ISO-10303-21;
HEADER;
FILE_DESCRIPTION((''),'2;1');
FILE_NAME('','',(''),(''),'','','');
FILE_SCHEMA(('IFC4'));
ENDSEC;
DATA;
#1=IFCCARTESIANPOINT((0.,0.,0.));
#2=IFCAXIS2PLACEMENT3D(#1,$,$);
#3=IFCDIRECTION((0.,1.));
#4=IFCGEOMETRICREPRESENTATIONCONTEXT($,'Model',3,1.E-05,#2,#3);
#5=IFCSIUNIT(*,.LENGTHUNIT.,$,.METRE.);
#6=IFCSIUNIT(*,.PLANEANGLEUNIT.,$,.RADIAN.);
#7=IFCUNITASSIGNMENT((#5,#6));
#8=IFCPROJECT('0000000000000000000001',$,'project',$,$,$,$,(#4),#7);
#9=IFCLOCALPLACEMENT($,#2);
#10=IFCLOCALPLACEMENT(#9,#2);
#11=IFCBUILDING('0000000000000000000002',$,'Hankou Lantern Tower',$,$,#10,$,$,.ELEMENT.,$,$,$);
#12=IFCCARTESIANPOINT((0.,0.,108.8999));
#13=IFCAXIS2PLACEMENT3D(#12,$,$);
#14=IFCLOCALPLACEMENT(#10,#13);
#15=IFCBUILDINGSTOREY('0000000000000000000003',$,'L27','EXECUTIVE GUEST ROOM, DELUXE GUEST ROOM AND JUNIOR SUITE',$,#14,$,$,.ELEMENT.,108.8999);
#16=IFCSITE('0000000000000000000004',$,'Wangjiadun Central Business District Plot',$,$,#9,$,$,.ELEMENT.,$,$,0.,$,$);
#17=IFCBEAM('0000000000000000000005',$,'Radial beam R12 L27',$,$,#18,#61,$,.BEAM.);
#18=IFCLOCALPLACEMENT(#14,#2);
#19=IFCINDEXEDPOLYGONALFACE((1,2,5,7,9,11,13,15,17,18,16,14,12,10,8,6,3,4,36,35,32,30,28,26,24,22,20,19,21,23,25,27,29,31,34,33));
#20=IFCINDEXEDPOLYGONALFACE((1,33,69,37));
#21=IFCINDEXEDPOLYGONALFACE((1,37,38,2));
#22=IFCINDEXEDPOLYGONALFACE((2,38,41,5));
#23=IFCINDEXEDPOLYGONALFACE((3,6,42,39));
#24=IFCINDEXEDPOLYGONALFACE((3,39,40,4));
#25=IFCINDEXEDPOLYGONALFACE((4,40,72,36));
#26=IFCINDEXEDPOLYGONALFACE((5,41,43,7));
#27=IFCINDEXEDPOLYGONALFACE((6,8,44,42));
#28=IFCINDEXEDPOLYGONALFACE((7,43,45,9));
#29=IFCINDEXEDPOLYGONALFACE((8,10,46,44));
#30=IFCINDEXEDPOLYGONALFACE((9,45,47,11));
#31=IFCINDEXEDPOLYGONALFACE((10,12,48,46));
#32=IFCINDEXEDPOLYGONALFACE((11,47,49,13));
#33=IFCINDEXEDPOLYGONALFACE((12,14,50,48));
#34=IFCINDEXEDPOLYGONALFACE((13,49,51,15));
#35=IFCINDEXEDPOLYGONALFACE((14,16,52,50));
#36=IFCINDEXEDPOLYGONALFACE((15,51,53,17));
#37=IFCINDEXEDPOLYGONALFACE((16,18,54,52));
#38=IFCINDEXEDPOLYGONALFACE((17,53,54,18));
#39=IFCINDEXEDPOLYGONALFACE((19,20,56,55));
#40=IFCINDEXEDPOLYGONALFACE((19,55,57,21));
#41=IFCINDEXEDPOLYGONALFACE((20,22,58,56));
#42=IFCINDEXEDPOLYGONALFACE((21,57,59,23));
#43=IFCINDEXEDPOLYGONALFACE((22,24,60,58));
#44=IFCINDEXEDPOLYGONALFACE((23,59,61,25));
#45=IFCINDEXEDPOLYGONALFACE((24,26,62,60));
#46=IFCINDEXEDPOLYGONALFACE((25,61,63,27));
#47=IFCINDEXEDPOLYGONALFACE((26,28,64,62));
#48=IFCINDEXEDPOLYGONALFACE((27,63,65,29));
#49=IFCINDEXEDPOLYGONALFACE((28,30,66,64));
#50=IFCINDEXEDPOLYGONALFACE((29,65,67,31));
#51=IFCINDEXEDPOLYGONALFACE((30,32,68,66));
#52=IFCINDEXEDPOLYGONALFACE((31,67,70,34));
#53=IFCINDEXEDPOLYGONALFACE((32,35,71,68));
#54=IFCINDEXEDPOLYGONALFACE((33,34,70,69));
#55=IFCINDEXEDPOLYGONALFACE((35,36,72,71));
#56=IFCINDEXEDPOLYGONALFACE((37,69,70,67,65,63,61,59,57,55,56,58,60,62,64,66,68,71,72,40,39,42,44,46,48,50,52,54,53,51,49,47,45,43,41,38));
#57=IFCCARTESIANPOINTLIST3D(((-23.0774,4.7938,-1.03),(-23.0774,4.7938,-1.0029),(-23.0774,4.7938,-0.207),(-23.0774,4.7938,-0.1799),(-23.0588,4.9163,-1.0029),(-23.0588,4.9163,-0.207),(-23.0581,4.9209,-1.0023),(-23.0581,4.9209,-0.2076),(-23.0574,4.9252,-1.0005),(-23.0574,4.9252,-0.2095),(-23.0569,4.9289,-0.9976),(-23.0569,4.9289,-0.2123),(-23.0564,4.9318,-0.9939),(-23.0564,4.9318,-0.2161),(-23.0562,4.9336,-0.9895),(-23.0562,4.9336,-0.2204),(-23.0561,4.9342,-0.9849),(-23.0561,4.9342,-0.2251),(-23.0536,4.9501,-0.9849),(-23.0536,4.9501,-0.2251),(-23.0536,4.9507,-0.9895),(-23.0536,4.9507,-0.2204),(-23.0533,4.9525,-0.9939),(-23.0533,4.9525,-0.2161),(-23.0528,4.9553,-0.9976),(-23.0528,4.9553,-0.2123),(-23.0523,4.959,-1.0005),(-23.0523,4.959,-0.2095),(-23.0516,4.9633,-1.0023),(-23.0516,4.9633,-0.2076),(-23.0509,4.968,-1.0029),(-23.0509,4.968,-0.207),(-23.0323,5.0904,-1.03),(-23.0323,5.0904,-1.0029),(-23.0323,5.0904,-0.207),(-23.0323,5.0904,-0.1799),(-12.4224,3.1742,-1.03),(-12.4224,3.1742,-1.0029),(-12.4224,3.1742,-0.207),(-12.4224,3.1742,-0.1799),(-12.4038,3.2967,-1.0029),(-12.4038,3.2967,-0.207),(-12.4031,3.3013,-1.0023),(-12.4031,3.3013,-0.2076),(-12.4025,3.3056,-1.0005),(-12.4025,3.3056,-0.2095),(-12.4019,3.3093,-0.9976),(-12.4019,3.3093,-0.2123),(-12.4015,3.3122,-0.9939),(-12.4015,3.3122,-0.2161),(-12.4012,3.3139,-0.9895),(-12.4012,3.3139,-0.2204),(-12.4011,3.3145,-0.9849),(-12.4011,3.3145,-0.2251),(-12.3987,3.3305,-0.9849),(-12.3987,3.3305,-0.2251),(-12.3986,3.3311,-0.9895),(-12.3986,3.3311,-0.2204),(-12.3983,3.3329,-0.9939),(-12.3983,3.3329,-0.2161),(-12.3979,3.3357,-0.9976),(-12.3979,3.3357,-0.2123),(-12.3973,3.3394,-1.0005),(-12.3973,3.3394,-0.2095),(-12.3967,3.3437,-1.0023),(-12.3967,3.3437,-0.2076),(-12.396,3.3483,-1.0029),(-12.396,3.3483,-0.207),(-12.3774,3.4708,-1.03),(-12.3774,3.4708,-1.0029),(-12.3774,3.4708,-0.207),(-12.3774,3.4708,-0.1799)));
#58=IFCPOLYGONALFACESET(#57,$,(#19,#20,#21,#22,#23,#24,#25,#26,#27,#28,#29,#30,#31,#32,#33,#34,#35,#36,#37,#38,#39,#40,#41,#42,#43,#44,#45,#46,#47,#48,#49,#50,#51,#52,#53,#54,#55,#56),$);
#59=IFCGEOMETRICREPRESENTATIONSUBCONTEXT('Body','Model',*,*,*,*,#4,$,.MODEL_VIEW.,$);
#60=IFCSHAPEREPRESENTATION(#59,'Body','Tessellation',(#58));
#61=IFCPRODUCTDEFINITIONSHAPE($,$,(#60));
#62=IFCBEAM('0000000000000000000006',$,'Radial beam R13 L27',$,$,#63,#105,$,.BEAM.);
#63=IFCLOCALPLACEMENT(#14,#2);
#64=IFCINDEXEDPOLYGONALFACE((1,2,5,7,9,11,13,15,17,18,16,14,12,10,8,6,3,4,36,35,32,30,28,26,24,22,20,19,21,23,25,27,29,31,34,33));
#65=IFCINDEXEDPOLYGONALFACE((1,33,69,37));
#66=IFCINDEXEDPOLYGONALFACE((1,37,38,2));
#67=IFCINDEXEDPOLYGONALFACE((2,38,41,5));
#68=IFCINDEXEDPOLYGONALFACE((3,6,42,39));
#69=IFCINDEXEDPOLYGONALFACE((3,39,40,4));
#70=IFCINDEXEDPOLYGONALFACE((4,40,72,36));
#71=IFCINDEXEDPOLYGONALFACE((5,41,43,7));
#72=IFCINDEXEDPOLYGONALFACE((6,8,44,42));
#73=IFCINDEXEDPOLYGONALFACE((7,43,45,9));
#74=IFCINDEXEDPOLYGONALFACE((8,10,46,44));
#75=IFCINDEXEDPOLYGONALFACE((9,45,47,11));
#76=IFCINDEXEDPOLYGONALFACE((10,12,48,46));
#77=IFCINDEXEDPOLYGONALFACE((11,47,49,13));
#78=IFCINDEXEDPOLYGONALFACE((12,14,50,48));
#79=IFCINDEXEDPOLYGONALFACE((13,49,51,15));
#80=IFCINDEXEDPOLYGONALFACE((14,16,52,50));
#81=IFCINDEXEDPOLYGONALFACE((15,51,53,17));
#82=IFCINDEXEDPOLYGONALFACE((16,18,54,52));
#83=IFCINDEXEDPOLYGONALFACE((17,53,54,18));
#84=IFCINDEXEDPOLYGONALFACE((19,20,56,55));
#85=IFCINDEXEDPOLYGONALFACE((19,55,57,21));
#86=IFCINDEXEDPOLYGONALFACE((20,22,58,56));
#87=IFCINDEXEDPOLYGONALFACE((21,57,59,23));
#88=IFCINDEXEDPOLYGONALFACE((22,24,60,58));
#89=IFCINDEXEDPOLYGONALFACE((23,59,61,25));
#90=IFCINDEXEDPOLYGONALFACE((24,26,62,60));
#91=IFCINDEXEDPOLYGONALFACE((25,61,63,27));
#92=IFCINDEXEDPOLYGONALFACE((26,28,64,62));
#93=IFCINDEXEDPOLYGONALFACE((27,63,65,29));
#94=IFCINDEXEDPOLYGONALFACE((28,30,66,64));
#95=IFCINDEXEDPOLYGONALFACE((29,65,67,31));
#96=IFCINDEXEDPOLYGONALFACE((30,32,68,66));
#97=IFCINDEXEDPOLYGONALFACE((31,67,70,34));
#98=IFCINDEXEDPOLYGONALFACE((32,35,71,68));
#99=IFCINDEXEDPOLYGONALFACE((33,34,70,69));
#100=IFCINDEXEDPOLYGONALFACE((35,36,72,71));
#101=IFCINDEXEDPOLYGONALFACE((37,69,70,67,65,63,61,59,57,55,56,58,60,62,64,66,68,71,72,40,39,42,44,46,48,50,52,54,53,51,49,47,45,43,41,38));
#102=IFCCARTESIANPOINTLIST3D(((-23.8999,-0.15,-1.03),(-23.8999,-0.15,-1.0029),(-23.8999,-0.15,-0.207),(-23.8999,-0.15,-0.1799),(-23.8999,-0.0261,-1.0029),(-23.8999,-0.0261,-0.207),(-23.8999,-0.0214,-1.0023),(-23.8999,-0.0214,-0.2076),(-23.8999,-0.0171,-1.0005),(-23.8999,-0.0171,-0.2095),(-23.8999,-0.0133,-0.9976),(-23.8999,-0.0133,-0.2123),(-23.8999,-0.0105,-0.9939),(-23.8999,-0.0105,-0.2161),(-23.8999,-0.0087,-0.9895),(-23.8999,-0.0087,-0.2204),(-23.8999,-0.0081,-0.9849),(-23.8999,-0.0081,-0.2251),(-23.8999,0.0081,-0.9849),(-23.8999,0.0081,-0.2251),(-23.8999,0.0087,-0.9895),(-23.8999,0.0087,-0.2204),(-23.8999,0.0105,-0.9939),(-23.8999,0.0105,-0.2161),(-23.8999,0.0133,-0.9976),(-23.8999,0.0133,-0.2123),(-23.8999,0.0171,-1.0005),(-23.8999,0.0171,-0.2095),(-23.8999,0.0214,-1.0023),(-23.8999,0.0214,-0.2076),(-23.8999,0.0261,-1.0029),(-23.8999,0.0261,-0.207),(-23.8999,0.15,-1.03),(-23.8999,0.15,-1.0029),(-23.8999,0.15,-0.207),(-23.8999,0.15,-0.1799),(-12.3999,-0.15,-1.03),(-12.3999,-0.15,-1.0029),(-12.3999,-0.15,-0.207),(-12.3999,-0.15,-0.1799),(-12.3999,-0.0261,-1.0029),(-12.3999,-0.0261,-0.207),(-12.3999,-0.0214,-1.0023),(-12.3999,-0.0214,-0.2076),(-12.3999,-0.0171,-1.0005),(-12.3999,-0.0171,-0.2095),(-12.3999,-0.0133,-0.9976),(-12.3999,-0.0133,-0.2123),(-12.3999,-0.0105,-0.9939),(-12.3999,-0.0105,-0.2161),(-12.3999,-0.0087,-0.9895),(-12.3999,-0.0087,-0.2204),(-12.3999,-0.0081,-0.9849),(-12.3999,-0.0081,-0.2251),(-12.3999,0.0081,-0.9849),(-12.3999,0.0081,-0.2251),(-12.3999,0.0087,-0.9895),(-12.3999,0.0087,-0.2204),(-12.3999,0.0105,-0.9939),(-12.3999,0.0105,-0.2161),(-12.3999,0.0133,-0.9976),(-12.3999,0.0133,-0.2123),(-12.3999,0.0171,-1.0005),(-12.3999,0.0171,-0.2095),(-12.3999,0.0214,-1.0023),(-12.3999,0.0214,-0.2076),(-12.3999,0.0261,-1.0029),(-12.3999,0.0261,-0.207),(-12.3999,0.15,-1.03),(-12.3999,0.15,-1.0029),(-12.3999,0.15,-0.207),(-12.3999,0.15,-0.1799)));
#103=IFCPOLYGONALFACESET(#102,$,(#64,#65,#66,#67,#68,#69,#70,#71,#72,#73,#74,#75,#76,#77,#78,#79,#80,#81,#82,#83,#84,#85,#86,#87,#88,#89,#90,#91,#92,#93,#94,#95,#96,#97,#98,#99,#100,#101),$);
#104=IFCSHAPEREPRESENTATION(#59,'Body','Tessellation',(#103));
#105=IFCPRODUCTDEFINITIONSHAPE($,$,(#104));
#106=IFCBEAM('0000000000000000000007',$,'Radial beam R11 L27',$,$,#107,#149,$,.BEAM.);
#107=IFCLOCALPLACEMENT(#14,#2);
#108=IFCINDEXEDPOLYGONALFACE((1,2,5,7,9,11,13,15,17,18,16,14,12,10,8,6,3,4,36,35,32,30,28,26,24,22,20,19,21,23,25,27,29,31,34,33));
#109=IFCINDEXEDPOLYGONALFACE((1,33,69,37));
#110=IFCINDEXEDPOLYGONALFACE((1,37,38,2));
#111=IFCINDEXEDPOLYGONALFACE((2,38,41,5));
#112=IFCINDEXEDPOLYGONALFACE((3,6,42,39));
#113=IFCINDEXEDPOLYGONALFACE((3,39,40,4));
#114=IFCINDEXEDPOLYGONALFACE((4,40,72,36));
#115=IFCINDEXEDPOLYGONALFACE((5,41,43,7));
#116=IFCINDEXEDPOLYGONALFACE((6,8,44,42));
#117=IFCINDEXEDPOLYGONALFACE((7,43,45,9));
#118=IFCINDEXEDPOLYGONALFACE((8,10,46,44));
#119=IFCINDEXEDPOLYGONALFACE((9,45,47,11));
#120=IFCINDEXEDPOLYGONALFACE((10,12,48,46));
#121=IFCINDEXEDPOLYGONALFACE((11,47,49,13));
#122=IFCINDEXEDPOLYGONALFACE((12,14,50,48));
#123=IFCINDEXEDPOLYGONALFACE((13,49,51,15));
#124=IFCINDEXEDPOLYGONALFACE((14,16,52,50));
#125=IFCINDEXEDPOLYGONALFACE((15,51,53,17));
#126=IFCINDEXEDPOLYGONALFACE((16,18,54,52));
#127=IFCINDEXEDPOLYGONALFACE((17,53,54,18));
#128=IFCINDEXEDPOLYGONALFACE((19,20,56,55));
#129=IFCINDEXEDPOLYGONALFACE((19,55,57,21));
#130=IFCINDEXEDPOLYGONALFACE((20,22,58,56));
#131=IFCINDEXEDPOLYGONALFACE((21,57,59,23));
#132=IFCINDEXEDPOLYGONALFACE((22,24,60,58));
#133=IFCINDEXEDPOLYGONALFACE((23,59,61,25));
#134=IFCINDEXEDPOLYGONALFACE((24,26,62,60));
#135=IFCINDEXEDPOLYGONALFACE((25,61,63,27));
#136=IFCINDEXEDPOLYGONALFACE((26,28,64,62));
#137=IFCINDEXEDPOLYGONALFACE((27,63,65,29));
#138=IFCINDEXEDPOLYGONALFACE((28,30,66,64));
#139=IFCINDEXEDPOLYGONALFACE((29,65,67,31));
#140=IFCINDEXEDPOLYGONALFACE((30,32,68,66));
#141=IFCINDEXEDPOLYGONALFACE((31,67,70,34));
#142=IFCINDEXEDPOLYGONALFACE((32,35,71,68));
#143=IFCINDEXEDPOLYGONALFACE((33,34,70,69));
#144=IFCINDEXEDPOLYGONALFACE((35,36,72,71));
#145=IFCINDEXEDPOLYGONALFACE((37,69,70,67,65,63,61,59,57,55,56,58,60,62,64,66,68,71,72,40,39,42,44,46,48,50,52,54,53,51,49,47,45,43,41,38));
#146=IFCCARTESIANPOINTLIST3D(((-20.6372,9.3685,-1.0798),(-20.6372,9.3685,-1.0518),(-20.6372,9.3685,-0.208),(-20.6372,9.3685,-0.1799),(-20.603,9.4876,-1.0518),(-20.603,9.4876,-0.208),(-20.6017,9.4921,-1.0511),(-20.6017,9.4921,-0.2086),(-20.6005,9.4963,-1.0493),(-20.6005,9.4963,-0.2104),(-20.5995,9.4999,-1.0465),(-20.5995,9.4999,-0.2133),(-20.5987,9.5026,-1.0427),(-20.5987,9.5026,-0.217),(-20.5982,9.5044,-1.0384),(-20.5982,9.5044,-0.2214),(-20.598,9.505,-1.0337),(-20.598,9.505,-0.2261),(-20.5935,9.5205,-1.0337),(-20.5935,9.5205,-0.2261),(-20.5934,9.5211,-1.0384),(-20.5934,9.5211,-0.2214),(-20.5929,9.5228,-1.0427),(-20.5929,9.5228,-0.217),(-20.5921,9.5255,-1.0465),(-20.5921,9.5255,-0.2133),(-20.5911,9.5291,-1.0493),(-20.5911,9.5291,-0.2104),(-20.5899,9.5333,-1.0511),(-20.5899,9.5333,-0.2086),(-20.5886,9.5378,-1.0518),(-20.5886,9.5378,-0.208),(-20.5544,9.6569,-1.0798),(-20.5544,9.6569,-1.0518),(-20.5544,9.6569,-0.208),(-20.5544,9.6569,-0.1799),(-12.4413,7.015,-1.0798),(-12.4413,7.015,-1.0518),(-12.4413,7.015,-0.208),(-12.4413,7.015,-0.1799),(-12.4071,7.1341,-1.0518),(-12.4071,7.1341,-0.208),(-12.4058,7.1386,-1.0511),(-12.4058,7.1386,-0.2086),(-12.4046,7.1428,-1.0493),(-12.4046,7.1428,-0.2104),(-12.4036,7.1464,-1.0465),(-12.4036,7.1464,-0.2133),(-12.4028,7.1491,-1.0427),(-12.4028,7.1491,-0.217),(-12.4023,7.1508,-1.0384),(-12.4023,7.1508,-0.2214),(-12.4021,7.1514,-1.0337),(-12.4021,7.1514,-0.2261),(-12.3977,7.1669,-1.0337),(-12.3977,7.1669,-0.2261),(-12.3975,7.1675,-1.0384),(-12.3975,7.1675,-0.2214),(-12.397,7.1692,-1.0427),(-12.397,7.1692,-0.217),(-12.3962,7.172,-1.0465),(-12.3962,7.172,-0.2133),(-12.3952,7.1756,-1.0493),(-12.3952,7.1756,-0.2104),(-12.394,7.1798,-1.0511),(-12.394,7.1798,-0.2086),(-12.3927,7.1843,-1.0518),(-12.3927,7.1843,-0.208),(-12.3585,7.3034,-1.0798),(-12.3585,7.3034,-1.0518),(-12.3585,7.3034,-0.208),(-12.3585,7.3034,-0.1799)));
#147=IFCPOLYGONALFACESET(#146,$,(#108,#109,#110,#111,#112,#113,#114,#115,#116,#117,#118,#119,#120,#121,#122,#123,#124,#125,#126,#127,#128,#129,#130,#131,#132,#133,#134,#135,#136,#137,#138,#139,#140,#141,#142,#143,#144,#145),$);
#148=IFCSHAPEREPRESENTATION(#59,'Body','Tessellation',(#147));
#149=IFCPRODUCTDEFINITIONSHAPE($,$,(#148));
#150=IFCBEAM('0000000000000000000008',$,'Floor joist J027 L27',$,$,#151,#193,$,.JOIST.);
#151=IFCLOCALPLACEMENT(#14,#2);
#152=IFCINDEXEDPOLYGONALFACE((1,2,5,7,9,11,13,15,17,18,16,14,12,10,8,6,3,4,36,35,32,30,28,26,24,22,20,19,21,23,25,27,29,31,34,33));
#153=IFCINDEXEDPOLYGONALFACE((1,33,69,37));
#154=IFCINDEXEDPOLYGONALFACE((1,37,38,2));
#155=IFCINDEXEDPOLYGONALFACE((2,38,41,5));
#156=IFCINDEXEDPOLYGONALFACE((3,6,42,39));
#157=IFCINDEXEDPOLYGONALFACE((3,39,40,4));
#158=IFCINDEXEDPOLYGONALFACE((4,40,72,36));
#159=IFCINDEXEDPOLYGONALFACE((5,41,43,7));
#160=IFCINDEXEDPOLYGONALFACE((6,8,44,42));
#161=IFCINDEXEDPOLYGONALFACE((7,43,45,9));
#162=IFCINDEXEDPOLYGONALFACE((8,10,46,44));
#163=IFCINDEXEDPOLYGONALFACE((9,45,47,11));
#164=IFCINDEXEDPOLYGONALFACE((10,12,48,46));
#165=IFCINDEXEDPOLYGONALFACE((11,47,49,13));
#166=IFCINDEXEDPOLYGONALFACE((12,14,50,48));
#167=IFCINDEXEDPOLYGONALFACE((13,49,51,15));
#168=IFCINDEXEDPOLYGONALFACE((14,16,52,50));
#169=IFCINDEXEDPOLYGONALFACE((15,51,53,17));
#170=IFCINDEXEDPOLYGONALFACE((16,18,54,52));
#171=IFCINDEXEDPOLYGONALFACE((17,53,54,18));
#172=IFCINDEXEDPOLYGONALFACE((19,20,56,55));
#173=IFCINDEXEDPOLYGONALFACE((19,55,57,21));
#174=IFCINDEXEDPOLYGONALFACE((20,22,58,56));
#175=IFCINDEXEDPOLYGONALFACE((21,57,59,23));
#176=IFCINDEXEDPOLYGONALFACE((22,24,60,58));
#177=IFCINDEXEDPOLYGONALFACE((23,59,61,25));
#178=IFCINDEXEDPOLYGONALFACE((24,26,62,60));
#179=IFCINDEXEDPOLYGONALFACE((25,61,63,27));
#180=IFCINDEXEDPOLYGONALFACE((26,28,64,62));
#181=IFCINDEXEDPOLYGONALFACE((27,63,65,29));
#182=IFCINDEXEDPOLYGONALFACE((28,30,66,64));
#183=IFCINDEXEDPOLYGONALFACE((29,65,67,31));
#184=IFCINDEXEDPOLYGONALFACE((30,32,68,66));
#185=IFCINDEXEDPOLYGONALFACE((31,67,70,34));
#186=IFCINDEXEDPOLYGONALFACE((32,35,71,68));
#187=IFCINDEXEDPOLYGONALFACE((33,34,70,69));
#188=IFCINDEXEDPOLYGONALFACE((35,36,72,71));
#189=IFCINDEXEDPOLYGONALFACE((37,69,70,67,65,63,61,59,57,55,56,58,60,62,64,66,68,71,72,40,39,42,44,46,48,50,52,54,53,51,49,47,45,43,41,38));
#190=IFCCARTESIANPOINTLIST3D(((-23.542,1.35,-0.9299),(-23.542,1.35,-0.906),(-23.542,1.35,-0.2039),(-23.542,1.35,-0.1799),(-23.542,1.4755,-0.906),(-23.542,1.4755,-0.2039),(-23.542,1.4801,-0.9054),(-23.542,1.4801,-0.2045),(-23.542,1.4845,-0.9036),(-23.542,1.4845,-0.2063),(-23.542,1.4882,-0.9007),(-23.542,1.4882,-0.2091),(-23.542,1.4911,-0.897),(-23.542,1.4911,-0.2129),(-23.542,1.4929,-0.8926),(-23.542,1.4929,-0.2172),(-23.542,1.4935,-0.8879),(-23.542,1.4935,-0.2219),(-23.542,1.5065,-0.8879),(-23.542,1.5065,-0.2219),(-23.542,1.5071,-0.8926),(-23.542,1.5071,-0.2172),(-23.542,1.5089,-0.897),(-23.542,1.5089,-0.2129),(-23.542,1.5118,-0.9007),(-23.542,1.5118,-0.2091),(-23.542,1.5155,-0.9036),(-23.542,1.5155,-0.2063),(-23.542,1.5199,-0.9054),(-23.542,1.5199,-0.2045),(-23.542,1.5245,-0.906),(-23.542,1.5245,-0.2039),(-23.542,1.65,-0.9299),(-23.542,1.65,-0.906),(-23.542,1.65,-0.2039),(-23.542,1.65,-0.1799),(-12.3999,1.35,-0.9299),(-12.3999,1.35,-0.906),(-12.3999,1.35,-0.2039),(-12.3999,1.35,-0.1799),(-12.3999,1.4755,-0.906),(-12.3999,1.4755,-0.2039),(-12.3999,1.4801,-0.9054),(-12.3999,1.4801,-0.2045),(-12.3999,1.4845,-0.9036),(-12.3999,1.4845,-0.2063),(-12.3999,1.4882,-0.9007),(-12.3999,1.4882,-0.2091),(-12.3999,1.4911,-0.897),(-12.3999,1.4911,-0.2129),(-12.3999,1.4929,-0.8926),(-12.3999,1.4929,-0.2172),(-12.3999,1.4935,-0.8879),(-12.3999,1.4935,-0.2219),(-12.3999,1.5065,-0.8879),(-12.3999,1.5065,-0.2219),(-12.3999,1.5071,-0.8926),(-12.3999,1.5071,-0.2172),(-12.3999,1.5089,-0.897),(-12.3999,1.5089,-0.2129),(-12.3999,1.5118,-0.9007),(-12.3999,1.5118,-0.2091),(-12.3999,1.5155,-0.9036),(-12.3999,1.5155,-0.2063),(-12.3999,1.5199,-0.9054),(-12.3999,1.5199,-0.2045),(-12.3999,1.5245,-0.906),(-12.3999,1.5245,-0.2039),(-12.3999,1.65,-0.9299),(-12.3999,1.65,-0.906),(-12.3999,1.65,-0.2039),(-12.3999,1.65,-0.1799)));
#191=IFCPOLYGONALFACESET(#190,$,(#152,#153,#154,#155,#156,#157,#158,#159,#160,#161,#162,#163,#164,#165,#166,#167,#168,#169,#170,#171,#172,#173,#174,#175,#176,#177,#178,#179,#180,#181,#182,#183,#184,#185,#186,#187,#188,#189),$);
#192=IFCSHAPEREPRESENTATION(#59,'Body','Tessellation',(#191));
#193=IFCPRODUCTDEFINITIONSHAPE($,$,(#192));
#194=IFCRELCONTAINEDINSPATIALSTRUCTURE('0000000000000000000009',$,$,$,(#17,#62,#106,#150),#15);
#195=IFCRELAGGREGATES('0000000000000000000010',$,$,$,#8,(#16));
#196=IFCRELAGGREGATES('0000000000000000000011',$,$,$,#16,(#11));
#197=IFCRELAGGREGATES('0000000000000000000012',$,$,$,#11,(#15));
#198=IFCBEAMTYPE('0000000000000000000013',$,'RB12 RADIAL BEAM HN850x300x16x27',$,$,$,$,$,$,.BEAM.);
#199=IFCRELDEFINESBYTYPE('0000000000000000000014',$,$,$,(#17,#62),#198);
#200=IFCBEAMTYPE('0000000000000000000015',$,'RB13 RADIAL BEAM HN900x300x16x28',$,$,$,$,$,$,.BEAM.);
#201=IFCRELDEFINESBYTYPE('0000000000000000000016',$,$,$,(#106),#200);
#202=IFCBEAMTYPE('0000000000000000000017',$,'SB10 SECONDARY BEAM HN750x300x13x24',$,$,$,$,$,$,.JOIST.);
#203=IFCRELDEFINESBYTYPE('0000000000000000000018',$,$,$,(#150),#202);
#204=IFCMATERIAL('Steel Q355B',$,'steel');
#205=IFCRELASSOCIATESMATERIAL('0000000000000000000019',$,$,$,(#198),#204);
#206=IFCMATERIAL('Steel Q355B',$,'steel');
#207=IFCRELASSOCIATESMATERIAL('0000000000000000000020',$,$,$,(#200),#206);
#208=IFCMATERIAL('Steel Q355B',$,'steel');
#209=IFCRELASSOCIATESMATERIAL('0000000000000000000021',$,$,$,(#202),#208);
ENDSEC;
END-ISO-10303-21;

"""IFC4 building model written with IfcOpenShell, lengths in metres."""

from ifc_helpers import new_model, si_unit, direction, frame, origin, origin_2d, place, context, subcontext, project, spatial, i_section, extrude, material, material_profile, profile_set, type_object, element, save


model = new_model("IFC4")

# Units and contexts
model_context = context("Model", 3, precision=1e-05, world=origin(), true_north=direction((0.0, 1.0)))
body_context = subcontext(model_context, "Body", "Model", "MODEL_VIEW")
ifc_project = project(units=[si_unit("LENGTHUNIT", "METRE"), si_unit("PLANEANGLEUNIT", "RADIAN")], contexts=[model_context])

# Site, building, storey
site_placement = place(None, origin())
site = spatial("IfcSite", under=ifc_project, at=site_placement, Name="Wangjiadun Central Business District Plot", CompositionType="ELEMENT", RefElevation=0.0)
building_placement = place(site_placement, origin())
building = spatial("IfcBuilding", under=site, at=building_placement, Name="Hankou Lantern Tower", CompositionType="ELEMENT")
storey_placement = place(building_placement, frame((0.0, 0.0, 108.8999)))
storey = spatial("IfcBuildingStorey", under=building, at=storey_placement, Name="L27", Description="EXECUTIVE GUEST ROOM, DELUXE GUEST ROOM AND JUNIOR SUITE", CompositionType="ELEMENT", Elevation=108.8999)

# Beams
ifc_material_1 = material(Name="Steel Q355B", Category="steel")
ifc_material_profile_1 = material_profile(ifc_material_1, i_section(OverallWidth=0.3, OverallDepth=0.8501, WebThickness=0.0161, FlangeThickness=0.0271, FilletRadius=0.0181, at=origin_2d()), Name="HN850x300x16x27")
ifc_profile_set_1 = profile_set([ifc_material_profile_1], Name="Steel Q355B")
beam_type_1 = type_object("IfcBeamType", Name="RB12 RADIAL BEAM HN850x300x16x27", PredefinedType="BEAM", material=ifc_profile_set_1)
beam_1_placement = place(storey_placement, frame((-12.3999, 3.3225, -0.605), z_axis=(-0.988644, 0.15028, 0.0), x_axis=(-0.15028, -0.988644, 0.0)))
element("IfcBeam", 1, at=beam_1_placement, inside=storey, type_object=beam_type_1, Name="Radial beam R12 L27", PredefinedType="BEAM", context=body_context, shape_type="SweptSolid", body=[
    extrude(i_section(OverallWidth=0.3, OverallDepth=0.8501, WebThickness=0.0161, FlangeThickness=0.0271, FilletRadius=0.0181, at=origin_2d()), origin(), (0.0, 0.0, 1.0), 10.7773),
])
beam_2_placement = place(storey_placement, frame((-12.3999, 0.0, -0.605), z_axis=(-1.0, 0.0, 0.0), x_axis=(0.0, -1.0, 0.0)))
element("IfcBeam", 2, at=beam_2_placement, inside=storey, type_object=beam_type_1, Name="Radial beam R13 L27", PredefinedType="BEAM", context=body_context, shape_type="SweptSolid", body=[
    extrude(i_section(OverallWidth=0.3, OverallDepth=0.8501, WebThickness=0.0161, FlangeThickness=0.0271, FilletRadius=0.0181, at=origin_2d()), origin(), (0.0, 0.0, 1.0), 11.5),
])
ifc_material_2 = material(Name="Steel Q355B", Category="steel")
ifc_material_profile_2 = material_profile(ifc_material_2, i_section(OverallWidth=0.3, OverallDepth=0.8999, WebThickness=0.0161, FlangeThickness=0.0281, FilletRadius=0.0181, at=origin_2d()), Name="HN900x300x16x28")
ifc_profile_set_2 = profile_set([ifc_material_profile_2], Name="Steel Q355B")
beam_type_2 = type_object("IfcBeamType", Name="RB13 RADIAL BEAM HN900x300x16x28", PredefinedType="BEAM", material=ifc_profile_set_2)
beam_3_placement = place(storey_placement, frame((-12.3999, 7.1592, -0.6299), z_axis=(-0.961156, 0.276007, 0.0), x_axis=(-0.276007, -0.961156, 0.0)))
element("IfcBeam", 3, at=beam_3_placement, inside=storey, type_object=beam_type_2, Name="Radial beam R11 L27", PredefinedType="BEAM", context=body_context, shape_type="SweptSolid", body=[
    extrude(i_section(OverallWidth=0.3, OverallDepth=0.8999, WebThickness=0.0161, FlangeThickness=0.0281, FilletRadius=0.0181, at=origin_2d()), origin(), (0.0, 0.0, 1.0), 8.5271),
])
ifc_material_3 = material(Name="Steel Q355B", Category="steel")
ifc_material_profile_3 = material_profile(ifc_material_3, i_section(OverallWidth=0.3, OverallDepth=0.75, WebThickness=0.0129, FlangeThickness=0.0239, FilletRadius=0.0181, at=origin_2d()), Name="HN750x300x13x24")
ifc_profile_set_3 = profile_set([ifc_material_profile_3], Name="Steel Q355B")
beam_type_3 = type_object("IfcBeamType", Name="SB10 SECONDARY BEAM HN750x300x13x24", PredefinedType="JOIST", material=ifc_profile_set_3)
beam_4_placement = place(storey_placement, frame((-23.542, 1.5, -0.5549), z_axis=(1.0, 0.0, 0.0), x_axis=(0.0, 1.0, 0.0)))
element("IfcBeam", 4, at=beam_4_placement, inside=storey, type_object=beam_type_3, Name="Floor joist J027 L27", PredefinedType="JOIST", context=body_context, shape_type="SweptSolid", body=[
    extrude(i_section(OverallWidth=0.3, OverallDepth=0.75, WebThickness=0.0129, FlangeThickness=0.0239, FilletRadius=0.0181, at=origin_2d()), origin(), (0.0, 0.0, 1.0), 11.1421),
])

save(model, "model.ifc")
